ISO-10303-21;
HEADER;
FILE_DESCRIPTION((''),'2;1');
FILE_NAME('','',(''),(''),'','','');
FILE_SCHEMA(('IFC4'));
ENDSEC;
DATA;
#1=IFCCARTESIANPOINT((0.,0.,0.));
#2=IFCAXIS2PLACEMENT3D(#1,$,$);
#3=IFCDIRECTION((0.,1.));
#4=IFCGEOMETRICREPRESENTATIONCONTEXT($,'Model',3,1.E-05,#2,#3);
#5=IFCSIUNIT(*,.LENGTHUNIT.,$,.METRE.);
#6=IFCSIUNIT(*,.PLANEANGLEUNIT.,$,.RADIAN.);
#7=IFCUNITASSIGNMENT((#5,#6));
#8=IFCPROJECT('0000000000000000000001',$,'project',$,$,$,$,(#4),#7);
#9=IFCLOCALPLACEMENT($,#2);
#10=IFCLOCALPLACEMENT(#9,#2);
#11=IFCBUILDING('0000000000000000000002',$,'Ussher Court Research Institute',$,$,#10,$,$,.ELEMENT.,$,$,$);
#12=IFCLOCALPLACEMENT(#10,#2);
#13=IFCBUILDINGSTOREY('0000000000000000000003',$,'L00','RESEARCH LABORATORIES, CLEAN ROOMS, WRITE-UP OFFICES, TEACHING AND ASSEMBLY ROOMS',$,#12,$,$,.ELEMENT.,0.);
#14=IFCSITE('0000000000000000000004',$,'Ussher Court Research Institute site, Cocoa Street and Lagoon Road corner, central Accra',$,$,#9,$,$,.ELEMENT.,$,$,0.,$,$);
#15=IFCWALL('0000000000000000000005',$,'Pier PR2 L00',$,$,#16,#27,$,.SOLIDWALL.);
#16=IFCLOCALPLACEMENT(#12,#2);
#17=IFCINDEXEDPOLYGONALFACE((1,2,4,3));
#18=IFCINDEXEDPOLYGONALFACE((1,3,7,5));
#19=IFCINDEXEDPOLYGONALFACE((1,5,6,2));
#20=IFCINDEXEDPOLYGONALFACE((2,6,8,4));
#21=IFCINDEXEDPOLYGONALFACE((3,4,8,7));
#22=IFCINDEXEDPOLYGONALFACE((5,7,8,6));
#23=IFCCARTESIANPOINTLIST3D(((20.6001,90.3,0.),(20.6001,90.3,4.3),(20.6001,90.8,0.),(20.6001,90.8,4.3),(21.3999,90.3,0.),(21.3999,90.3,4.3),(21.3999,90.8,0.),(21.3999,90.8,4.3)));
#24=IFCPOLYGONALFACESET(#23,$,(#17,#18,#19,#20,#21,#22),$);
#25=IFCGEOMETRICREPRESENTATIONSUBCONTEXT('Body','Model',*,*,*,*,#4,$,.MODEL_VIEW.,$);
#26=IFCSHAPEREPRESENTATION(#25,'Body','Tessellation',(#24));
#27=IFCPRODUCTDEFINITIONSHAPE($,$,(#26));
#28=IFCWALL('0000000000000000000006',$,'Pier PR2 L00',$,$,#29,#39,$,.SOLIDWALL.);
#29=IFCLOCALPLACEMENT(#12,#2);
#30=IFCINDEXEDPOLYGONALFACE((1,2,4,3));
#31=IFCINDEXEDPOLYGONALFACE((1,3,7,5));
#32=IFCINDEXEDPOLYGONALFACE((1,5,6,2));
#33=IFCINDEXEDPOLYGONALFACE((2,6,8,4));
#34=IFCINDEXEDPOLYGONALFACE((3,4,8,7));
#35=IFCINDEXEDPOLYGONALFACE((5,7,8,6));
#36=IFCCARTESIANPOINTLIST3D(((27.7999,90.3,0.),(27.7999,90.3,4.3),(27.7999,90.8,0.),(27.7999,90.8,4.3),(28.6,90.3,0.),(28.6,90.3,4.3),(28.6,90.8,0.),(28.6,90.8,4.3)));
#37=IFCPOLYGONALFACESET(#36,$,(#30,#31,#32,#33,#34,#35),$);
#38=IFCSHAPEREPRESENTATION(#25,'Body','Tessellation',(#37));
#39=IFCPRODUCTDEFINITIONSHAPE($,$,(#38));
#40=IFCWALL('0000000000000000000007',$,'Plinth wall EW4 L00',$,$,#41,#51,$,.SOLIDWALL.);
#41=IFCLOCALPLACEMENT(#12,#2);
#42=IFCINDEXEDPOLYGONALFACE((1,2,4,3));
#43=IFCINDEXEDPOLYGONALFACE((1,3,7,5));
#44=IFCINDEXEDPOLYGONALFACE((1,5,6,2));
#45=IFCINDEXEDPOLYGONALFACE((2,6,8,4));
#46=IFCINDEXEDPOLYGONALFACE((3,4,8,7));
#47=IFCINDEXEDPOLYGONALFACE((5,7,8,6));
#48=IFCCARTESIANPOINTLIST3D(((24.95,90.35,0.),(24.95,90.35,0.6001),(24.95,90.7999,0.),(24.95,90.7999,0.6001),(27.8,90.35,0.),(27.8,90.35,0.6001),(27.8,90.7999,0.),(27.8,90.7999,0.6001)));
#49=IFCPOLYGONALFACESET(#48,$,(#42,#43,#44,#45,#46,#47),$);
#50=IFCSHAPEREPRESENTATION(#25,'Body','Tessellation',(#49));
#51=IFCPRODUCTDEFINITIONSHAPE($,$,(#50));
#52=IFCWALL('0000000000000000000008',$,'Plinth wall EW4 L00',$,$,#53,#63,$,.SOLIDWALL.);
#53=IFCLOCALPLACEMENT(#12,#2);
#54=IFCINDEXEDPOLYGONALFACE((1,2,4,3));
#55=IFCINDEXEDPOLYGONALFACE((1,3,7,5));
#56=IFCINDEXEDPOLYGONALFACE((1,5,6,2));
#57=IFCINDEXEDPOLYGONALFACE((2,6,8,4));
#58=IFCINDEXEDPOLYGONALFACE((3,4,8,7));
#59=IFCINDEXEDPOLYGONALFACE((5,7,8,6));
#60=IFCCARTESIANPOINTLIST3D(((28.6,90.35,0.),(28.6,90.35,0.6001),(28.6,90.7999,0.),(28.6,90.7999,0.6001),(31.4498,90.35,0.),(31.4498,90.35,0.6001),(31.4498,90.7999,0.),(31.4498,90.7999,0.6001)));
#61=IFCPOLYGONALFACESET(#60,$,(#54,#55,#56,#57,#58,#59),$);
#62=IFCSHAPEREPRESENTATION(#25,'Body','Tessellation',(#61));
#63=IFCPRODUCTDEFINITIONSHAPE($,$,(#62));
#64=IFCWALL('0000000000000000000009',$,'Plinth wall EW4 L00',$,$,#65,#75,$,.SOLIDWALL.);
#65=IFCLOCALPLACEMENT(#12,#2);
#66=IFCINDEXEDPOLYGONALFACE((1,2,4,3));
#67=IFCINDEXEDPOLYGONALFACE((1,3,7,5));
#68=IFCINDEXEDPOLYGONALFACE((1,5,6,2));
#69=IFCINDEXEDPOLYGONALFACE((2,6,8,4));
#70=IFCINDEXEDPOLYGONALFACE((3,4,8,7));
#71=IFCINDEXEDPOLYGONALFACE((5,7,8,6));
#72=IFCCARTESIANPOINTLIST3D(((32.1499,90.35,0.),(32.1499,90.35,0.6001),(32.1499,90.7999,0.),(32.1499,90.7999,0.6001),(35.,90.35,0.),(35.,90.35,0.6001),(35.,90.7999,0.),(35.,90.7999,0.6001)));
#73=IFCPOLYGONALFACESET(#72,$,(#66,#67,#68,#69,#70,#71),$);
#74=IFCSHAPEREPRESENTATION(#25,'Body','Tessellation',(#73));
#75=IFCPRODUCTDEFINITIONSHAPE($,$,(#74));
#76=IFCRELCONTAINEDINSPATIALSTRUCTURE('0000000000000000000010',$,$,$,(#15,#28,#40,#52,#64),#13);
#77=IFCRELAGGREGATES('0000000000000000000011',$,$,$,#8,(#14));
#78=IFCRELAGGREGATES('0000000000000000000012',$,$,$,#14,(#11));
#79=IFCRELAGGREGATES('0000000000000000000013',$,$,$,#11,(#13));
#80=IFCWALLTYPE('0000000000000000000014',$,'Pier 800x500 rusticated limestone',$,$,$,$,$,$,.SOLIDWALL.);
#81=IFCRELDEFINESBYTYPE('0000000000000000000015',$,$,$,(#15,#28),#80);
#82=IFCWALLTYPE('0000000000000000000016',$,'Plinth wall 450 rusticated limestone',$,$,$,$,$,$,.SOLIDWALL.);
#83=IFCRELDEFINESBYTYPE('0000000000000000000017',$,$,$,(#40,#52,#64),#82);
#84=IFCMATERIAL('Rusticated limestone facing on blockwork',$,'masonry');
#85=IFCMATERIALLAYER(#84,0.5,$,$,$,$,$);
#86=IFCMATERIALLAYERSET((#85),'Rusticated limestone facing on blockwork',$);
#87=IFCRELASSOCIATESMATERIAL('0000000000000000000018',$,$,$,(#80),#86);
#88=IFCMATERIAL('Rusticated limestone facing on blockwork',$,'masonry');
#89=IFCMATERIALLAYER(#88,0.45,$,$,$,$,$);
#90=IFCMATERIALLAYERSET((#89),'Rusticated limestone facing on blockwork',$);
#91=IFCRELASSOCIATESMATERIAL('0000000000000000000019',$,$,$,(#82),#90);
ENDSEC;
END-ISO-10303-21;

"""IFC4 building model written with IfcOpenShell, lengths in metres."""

from ifc_helpers import new_model, si_unit, direction, frame, frame_2d, origin, place, context, subcontext, project, spatial, rectangle, extrude, material, layer, layer_set, type_object, element, save


model = new_model("IFC4")

# Units and contexts
model_context = context("Model", 3, precision=1e-05, world=origin(), true_north=direction((0.0, 1.0)))
body_context = subcontext(model_context, "Body", "Model", "MODEL_VIEW")
ifc_project = project(units=[si_unit("LENGTHUNIT", "METRE"), si_unit("PLANEANGLEUNIT", "RADIAN")], contexts=[model_context])

# Site, building, storey
site_placement = place(None, origin())
site = spatial("IfcSite", under=ifc_project, at=site_placement, Name="Ussher Court Research Institute site, Cocoa Street and Lagoon Road corner, central Accra", CompositionType="ELEMENT", RefElevation=0.0)
building_placement = place(site_placement, origin())
building = spatial("IfcBuilding", under=site, at=building_placement, Name="Ussher Court Research Institute", CompositionType="ELEMENT")
storey_placement = place(building_placement, origin())
storey = spatial("IfcBuildingStorey", under=building, at=storey_placement, Name="L00", Description="RESEARCH LABORATORIES, CLEAN ROOMS, WRITE-UP OFFICES, TEACHING AND ASSEMBLY ROOMS", CompositionType="ELEMENT", Elevation=0.0)

# Walls
ifc_material_1 = material(Name="Rusticated limestone facing on blockwork", Category="masonry")
ifc_layer_1 = layer(ifc_material_1, 0.5)
ifc_layer_set_1 = layer_set([ifc_layer_1], Name="Rusticated limestone facing on blockwork")
wall_type_1 = type_object("IfcWallType", Name="Pier 800x500 rusticated limestone", PredefinedType="SOLIDWALL", material=ifc_layer_set_1)
wall_1_placement = place(storey_placement, frame((20.6001, 90.55, 0.0), z_axis=(0.0, 0.0, 1.0), x_axis=(1.0, 0.0, 0.0)))
element("IfcWall", 1, at=wall_1_placement, inside=storey, type_object=wall_type_1, Name="Pier PR2 L00", PredefinedType="SOLIDWALL", context=body_context, shape_type="SweptSolid", body=[
    extrude(rectangle(XDim=0.7998, YDim=0.5, at=frame_2d((0.3999, 0.0))), origin(), (0.0, 0.0, 1.0), 4.3),
])
wall_2_placement = place(storey_placement, frame((27.8, 90.55, 0.0), z_axis=(0.0, 0.0, 1.0), x_axis=(1.0, 0.0, 0.0)))
element("IfcWall", 2, at=wall_2_placement, inside=storey, type_object=wall_type_1, Name="Pier PR2 L00", PredefinedType="SOLIDWALL", context=body_context, shape_type="SweptSolid", body=[
    extrude(rectangle(XDim=0.8, YDim=0.5, at=frame_2d((0.3999, 0.0))), origin(), (0.0, 0.0, 1.0), 4.3),
])

# Shared definitions
ifc_material_2 = material(Name="Rusticated limestone facing on blockwork", Category="masonry")
ifc_layer_2 = layer(ifc_material_2, 0.45)
ifc_layer_set_2 = layer_set([ifc_layer_2], Name="Rusticated limestone facing on blockwork")
wall_type_2 = type_object("IfcWallType", Name="Plinth wall 450 rusticated limestone", PredefinedType="SOLIDWALL", material=ifc_layer_set_2)

# Walls
wall_3_placement = place(storey_placement, frame((24.95, 90.575, 0.0), z_axis=(0.0, 0.0, 1.0), x_axis=(1.0, 0.0, 0.0)))
element("IfcWall", 3, at=wall_3_placement, inside=storey, type_object=wall_type_2, Name="Plinth wall EW4 L00", PredefinedType="SOLIDWALL", context=body_context, shape_type="SweptSolid", body=[
    extrude(rectangle(XDim=2.8501, YDim=0.45, at=frame_2d((1.425, 0.0))), origin(), (0.0, 0.0, 1.0), 0.6001),
])
wall_4_placement = place(storey_placement, frame((28.6001, 90.575, 0.0), z_axis=(0.0, 0.0, 1.0), x_axis=(1.0, 0.0, 0.0)))
element("IfcWall", 4, at=wall_4_placement, inside=storey, type_object=wall_type_2, Name="Plinth wall EW4 L00", PredefinedType="SOLIDWALL", context=body_context, shape_type="SweptSolid", body=[
    extrude(rectangle(XDim=2.8499, YDim=0.45, at=frame_2d((1.4248, 0.0))), origin(), (0.0, 0.0, 1.0), 0.6001),
])
wall_5_placement = place(storey_placement, frame((32.1499, 90.575, 0.0), z_axis=(0.0, 0.0, 1.0), x_axis=(1.0, 0.0, 0.0)))
element("IfcWall", 5, at=wall_5_placement, inside=storey, type_object=wall_type_2, Name="Plinth wall EW4 L00", PredefinedType="SOLIDWALL", context=body_context, shape_type="SweptSolid", body=[
    extrude(rectangle(XDim=2.8501, YDim=0.45, at=frame_2d((1.425, 0.0))), origin(), (0.0, 0.0, 1.0), 0.6001),
])

save(model, "model.ifc")
